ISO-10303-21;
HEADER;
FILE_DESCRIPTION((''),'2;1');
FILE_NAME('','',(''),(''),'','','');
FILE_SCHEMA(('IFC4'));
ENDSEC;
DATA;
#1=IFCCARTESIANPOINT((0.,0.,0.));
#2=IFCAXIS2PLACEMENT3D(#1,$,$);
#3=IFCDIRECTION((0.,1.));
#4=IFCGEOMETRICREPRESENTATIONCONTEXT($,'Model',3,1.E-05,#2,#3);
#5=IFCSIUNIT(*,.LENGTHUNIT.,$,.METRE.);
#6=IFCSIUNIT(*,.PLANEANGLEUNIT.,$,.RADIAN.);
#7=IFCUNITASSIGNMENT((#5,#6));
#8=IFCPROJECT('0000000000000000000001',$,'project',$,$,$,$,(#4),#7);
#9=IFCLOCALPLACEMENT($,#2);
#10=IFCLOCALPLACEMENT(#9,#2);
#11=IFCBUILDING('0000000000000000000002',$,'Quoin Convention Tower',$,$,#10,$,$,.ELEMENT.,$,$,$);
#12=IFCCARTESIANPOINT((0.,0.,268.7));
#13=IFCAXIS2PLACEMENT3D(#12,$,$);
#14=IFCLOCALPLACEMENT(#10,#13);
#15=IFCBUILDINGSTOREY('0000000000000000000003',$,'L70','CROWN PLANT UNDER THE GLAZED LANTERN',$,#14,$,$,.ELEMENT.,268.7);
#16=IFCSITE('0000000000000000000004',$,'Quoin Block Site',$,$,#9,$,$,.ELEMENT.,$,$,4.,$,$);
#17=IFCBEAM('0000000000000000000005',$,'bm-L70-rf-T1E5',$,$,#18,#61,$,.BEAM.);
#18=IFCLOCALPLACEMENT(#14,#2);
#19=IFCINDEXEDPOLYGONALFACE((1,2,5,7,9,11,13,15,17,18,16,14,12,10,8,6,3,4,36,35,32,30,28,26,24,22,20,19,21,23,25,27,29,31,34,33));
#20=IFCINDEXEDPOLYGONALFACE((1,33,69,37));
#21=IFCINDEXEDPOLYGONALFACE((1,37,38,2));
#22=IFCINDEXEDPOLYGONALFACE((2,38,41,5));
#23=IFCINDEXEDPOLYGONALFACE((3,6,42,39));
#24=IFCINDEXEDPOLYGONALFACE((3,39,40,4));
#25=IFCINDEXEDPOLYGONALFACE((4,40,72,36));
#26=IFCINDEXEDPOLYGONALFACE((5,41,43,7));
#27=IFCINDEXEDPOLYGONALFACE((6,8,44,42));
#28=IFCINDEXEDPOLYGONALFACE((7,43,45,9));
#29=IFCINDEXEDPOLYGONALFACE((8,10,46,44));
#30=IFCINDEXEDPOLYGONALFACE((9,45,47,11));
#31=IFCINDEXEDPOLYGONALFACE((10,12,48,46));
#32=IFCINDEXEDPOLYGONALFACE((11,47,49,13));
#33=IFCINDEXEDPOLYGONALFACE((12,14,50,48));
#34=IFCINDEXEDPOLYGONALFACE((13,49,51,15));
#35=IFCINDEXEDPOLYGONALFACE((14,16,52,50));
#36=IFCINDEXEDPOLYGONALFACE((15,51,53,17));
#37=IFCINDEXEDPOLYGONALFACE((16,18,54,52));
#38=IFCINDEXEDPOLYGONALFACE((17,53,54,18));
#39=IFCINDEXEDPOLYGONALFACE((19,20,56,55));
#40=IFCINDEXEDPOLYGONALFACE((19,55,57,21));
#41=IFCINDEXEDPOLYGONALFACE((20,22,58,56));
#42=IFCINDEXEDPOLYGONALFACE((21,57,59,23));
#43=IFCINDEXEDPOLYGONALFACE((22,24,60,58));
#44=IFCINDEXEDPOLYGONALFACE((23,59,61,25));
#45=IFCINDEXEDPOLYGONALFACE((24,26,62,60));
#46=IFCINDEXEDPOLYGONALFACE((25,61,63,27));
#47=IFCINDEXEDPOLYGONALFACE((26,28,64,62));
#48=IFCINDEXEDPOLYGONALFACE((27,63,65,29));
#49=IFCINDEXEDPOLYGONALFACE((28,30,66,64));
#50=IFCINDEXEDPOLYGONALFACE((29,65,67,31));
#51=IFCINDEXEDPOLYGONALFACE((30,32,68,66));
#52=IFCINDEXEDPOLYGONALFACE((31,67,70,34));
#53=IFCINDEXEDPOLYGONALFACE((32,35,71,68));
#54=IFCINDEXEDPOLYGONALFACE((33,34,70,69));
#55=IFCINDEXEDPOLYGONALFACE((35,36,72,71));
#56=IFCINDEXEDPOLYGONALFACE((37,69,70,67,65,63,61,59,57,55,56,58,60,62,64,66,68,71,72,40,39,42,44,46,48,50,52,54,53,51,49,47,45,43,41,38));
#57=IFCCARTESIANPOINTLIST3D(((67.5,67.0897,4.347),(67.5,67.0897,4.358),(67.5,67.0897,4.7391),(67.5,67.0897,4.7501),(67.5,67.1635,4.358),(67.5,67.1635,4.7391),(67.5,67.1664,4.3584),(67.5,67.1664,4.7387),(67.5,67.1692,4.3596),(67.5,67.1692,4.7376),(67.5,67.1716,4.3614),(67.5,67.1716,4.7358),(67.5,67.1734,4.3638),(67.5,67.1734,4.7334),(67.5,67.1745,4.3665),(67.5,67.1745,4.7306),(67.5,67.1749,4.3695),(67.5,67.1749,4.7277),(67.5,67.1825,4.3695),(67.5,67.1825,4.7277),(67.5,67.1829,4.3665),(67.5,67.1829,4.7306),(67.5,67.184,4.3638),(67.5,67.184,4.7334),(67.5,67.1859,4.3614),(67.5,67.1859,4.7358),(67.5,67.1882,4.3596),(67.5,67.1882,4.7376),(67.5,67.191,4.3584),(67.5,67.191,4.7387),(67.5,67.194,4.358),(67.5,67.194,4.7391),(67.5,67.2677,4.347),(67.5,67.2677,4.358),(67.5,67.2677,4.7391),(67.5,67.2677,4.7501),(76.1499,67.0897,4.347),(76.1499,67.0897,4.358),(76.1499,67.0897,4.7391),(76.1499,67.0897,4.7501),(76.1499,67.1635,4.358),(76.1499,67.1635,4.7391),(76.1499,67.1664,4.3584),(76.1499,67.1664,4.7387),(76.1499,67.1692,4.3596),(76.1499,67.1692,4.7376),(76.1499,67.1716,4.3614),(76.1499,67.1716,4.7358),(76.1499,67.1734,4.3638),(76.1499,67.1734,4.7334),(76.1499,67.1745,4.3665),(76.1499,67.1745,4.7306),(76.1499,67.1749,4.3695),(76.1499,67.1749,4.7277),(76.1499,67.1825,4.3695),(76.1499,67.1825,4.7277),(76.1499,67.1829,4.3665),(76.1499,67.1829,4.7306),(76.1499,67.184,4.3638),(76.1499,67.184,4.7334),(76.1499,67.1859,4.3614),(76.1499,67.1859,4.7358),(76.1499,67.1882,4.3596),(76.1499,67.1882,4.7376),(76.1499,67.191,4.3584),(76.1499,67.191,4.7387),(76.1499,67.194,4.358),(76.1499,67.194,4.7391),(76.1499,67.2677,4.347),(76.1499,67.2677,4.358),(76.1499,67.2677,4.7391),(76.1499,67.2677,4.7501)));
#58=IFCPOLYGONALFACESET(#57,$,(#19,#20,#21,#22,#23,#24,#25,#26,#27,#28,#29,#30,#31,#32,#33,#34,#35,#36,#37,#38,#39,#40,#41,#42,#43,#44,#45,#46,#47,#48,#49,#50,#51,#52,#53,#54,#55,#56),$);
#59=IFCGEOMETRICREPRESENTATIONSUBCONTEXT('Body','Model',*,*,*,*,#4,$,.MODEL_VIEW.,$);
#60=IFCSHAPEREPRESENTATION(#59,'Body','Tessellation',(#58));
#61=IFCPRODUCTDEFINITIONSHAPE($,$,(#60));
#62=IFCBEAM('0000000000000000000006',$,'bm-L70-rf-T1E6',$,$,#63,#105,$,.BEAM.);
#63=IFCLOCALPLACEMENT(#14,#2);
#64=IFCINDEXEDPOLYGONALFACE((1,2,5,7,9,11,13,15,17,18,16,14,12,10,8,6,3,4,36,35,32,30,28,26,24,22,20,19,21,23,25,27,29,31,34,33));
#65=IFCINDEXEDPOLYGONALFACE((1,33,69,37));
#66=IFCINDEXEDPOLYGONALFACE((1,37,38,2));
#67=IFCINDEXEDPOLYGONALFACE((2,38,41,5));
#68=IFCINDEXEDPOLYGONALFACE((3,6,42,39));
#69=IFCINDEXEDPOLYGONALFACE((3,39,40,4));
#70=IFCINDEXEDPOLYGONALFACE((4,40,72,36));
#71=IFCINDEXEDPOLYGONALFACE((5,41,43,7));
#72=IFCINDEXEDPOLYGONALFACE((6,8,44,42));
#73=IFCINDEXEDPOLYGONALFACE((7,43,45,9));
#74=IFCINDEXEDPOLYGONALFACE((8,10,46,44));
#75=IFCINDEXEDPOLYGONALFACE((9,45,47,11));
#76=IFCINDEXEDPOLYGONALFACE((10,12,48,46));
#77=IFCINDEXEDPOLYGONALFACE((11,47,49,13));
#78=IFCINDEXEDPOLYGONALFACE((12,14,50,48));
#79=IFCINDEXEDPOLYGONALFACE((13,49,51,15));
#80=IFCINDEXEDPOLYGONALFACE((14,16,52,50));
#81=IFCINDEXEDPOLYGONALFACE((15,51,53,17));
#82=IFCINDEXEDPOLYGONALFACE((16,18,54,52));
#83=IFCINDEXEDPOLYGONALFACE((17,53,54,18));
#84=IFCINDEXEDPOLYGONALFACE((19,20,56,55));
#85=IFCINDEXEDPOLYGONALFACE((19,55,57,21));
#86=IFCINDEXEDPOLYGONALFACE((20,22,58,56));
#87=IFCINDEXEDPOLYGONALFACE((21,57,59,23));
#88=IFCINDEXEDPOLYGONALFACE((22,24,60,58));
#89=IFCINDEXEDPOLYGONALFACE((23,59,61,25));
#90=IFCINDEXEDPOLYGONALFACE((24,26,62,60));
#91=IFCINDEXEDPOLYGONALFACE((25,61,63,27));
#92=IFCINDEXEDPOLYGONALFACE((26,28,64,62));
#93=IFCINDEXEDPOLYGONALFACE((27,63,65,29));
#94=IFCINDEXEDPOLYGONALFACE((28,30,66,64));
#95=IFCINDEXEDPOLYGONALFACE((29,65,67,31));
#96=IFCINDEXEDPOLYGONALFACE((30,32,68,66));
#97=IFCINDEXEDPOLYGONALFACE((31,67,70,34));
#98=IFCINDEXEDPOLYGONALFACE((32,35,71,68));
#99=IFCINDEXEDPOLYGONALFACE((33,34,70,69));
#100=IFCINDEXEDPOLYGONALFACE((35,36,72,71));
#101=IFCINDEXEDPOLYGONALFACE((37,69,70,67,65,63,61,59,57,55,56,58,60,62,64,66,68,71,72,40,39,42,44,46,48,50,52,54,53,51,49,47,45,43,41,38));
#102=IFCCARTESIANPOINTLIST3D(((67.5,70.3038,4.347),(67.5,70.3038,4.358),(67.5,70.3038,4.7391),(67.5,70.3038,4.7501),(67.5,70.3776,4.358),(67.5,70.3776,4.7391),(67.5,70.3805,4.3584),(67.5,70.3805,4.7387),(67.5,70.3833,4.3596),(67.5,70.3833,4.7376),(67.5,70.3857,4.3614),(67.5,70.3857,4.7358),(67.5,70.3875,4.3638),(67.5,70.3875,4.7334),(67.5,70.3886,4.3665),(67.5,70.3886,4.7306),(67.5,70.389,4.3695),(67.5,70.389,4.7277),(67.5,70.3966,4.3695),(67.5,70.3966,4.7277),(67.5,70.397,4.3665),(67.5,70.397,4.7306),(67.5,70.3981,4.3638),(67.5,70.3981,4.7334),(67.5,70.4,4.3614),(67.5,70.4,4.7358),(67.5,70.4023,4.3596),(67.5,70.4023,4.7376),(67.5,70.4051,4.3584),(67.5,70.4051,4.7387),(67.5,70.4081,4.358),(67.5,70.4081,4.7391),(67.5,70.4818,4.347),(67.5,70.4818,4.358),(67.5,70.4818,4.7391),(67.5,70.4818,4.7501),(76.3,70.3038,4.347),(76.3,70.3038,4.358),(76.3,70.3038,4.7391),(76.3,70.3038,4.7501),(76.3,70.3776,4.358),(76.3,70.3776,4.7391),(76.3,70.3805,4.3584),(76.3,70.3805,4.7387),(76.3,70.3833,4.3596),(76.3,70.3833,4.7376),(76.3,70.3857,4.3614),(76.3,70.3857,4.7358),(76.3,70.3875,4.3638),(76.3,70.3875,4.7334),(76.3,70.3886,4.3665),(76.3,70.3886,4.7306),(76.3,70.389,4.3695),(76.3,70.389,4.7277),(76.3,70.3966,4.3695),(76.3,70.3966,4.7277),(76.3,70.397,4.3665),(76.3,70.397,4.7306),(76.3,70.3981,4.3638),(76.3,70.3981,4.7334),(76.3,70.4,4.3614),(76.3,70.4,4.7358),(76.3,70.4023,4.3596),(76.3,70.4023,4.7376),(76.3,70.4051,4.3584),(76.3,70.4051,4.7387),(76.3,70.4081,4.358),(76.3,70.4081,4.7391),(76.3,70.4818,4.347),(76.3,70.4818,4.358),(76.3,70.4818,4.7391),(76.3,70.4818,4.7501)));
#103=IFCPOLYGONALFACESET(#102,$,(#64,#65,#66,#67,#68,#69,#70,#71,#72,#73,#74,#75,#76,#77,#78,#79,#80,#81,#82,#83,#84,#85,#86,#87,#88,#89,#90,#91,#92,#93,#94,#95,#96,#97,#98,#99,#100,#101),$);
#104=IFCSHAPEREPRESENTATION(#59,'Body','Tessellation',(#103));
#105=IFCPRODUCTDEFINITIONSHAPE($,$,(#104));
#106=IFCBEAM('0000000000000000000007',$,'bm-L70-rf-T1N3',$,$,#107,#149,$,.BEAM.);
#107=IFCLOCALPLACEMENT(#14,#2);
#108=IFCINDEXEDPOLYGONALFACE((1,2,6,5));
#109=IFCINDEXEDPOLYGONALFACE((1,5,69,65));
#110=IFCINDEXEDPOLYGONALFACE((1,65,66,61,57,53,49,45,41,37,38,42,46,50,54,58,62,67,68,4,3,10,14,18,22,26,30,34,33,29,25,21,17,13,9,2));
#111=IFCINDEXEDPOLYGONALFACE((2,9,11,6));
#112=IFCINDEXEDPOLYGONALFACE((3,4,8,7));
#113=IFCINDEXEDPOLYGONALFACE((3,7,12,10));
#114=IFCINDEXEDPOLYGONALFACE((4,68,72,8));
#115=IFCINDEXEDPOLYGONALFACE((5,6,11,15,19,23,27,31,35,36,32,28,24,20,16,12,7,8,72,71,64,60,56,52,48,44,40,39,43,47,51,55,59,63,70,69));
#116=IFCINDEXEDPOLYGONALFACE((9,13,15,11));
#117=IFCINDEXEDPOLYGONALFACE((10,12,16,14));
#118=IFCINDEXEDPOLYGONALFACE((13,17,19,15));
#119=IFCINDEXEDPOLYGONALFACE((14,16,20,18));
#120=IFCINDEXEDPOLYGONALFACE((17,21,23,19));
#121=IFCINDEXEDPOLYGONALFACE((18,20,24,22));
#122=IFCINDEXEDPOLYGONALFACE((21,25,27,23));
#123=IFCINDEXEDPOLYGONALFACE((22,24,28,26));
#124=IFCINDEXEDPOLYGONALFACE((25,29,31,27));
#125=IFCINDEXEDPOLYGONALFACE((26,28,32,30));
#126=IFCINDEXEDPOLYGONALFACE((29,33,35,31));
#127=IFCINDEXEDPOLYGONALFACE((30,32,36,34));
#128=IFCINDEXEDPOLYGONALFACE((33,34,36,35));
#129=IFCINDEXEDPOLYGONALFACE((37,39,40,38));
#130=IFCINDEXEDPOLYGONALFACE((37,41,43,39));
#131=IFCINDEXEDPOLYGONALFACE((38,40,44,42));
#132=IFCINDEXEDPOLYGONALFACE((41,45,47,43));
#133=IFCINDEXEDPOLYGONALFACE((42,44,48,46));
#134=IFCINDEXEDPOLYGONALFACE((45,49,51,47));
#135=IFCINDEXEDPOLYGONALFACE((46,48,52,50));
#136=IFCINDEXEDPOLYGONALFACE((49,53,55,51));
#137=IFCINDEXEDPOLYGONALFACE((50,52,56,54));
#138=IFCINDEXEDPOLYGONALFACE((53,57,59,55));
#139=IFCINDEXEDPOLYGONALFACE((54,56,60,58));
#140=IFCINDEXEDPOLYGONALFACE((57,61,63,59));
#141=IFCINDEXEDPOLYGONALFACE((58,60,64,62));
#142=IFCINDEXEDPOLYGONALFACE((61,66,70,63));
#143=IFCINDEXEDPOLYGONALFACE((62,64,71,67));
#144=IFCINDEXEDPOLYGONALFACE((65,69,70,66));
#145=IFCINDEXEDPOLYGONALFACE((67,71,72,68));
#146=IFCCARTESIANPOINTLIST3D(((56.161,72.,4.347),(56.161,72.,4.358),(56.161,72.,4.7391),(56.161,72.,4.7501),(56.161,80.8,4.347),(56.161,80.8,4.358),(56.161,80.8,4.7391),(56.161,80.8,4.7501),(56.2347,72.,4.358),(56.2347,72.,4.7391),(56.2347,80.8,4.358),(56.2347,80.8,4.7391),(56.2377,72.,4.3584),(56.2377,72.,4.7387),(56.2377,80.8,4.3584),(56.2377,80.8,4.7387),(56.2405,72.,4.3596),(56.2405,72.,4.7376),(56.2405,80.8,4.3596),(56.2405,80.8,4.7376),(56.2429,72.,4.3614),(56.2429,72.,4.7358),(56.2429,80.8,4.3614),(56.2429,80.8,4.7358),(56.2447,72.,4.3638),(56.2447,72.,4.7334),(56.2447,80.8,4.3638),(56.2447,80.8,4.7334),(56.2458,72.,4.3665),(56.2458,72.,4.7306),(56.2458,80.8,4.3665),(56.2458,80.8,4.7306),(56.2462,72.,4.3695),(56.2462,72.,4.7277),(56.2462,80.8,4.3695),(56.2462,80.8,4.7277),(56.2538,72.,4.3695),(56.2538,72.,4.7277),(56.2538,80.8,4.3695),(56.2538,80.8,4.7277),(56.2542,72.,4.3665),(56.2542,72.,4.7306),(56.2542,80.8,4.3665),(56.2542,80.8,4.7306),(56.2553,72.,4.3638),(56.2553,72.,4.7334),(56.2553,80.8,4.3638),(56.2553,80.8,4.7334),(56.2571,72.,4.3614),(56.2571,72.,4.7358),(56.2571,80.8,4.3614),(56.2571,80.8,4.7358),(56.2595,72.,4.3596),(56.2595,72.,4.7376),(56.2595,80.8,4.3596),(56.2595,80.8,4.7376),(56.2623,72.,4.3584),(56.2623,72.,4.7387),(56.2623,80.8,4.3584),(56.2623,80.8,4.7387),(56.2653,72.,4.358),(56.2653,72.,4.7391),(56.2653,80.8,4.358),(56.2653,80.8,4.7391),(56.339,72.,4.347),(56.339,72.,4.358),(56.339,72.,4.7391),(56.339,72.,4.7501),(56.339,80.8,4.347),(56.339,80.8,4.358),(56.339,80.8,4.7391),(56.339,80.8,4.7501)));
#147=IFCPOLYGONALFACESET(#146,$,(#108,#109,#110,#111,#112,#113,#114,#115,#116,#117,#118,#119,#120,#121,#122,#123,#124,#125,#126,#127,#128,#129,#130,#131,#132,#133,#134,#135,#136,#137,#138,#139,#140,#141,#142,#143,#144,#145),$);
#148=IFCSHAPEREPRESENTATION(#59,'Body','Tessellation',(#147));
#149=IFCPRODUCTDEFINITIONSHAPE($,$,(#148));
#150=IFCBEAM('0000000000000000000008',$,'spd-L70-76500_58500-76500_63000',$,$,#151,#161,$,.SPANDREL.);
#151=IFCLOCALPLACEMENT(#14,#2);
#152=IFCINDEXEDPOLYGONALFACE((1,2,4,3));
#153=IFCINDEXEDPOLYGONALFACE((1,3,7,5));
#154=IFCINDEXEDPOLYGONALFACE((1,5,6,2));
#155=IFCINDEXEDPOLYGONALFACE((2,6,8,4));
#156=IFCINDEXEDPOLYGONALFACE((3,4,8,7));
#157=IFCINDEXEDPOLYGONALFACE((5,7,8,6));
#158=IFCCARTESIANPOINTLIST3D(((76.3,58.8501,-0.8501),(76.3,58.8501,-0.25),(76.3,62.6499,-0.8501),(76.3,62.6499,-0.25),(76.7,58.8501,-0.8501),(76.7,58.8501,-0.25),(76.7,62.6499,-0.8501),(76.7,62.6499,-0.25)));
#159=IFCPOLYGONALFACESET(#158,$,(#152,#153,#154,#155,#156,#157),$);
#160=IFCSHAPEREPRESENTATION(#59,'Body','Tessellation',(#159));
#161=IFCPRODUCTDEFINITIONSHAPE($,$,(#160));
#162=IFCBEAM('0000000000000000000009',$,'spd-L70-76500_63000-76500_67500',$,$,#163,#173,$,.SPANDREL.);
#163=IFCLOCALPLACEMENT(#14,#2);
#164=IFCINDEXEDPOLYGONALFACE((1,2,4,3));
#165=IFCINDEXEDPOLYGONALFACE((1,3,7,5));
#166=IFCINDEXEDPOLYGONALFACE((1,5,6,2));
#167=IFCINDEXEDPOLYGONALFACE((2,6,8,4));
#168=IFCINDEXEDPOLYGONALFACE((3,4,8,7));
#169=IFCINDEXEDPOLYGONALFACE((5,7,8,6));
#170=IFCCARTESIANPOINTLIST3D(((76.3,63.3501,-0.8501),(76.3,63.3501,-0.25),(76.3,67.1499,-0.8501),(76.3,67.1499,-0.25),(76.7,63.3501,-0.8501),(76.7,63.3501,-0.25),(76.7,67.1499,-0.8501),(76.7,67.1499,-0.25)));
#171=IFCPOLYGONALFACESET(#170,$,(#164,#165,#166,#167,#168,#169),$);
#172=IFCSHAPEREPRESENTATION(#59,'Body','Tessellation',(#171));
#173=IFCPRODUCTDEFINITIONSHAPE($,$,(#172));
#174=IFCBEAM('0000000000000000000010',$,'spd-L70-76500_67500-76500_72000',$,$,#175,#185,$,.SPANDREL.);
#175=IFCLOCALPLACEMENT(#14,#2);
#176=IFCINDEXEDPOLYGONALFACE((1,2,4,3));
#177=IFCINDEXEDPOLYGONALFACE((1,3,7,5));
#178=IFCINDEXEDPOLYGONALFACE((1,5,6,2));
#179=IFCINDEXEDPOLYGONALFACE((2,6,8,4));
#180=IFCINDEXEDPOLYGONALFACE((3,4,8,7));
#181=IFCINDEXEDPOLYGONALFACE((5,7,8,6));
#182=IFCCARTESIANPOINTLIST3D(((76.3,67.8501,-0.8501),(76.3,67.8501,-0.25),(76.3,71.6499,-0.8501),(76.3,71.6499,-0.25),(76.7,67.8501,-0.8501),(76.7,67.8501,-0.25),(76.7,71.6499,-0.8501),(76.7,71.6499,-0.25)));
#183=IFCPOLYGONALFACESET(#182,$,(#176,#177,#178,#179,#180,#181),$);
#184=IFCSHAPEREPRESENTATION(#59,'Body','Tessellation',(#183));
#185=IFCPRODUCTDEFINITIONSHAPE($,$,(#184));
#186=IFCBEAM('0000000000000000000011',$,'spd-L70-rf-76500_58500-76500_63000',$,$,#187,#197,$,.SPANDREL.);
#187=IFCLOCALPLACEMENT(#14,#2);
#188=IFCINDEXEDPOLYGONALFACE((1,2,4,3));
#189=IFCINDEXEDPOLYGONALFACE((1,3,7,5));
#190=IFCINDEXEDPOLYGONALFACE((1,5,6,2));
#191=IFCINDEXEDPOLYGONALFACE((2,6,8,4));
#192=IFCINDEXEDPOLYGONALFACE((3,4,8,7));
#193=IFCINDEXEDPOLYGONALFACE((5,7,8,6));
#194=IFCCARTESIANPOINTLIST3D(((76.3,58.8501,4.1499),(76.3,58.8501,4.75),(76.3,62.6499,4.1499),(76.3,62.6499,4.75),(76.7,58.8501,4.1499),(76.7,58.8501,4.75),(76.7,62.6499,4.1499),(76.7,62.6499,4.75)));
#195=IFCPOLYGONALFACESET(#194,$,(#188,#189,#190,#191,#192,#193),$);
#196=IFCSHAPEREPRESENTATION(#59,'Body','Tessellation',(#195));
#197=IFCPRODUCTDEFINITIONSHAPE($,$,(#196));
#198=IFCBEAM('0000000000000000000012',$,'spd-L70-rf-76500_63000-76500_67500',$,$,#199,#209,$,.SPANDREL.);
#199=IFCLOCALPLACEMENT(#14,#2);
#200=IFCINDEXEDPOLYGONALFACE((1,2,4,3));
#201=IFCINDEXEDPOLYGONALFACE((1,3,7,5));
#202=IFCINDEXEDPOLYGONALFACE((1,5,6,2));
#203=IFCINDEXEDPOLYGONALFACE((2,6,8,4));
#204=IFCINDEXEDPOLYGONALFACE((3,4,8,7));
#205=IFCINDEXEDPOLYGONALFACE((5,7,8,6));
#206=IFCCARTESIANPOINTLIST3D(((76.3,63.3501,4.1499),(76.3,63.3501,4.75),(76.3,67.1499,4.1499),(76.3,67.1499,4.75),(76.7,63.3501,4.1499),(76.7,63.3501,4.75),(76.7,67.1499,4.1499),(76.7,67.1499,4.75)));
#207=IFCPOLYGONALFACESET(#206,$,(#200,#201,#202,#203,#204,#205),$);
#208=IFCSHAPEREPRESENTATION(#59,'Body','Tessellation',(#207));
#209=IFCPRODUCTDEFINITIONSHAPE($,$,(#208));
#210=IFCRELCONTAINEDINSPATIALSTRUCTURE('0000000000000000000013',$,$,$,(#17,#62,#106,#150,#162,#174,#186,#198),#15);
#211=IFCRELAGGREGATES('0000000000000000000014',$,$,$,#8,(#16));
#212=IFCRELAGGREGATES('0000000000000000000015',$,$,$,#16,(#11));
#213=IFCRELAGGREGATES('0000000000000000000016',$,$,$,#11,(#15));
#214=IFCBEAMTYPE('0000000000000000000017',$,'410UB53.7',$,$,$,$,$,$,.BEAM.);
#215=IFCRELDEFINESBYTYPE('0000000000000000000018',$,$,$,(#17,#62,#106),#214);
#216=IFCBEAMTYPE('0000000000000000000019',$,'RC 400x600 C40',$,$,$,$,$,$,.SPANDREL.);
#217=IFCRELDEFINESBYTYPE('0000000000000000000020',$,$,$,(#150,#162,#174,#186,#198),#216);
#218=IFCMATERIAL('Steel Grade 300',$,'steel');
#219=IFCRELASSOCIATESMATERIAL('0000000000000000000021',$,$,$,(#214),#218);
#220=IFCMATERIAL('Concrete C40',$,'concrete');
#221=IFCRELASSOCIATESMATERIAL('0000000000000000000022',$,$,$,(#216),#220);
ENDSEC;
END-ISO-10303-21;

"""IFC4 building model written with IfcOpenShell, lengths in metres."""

from ifc_helpers import new_model, si_unit, direction, frame, origin, origin_2d, place, context, subcontext, project, spatial, rectangle, i_section, extrude, material, material_profile, profile_set, type_object, element, save


model = new_model("IFC4")

# Units and contexts
model_context = context("Model", 3, precision=1e-05, world=origin(), true_north=direction((0.0, 1.0)))
body_context = subcontext(model_context, "Body", "Model", "MODEL_VIEW")
ifc_project = project(units=[si_unit("LENGTHUNIT", "METRE"), si_unit("PLANEANGLEUNIT", "RADIAN")], contexts=[model_context])

# Site, building, storey
site_placement = place(None, origin())
site = spatial("IfcSite", under=ifc_project, at=site_placement, Name="Quoin Block Site", CompositionType="ELEMENT", RefElevation=4.0)
building_placement = place(site_placement, origin())
building = spatial("IfcBuilding", under=site, at=building_placement, Name="Quoin Convention Tower", CompositionType="ELEMENT")
storey_placement = place(building_placement, frame((0.0, 0.0, 268.7)))
storey = spatial("IfcBuildingStorey", under=building, at=storey_placement, Name="L70", Description="CROWN PLANT UNDER THE GLAZED LANTERN", CompositionType="ELEMENT", Elevation=268.7)

# Shared definitions
ifc_material_1 = material(Name="Concrete C40", Category="concrete")

# Beams
ifc_material_2 = material(Name="Steel Grade 300", Category="steel")
ifc_material_profile_1 = material_profile(ifc_material_2, i_section(OverallWidth=0.178, OverallDepth=0.4031, WebThickness=0.0076, FlangeThickness=0.011, FilletRadius=0.0115, at=origin_2d()), Name="410UB53.7")
ifc_profile_set_1 = profile_set([ifc_material_profile_1], Name="Steel Grade 300")
beam_type_1 = type_object("IfcBeamType", Name="410UB53.7", PredefinedType="BEAM", material=ifc_profile_set_1)
beam_1_placement = place(storey_placement, frame((67.5, 67.1787, 4.5486), z_axis=(1.0, 0.0, 0.0), x_axis=(0.0, 1.0, 0.0)))
element("IfcBeam", 1, at=beam_1_placement, inside=storey, type_object=beam_type_1, Name="bm-L70-rf-T1E5", PredefinedType="BEAM", context=body_context, shape_type="SweptSolid", body=[
    extrude(i_section(OverallWidth=0.178, OverallDepth=0.4031, WebThickness=0.0076, FlangeThickness=0.011, FilletRadius=0.0115, at=origin_2d()), origin(), (0.0, 0.0, 1.0), 8.6499),
])
for number, where, z_axis, x_axis, name in (
    (2, (67.5, 70.3928, 4.5486), (1.0, 0.0, 0.0), (0.0, 1.0, 0.0), "bm-L70-rf-T1E6"),
    (3, (56.25, 72.0, 4.5486), (0.0, 1.0, 0.0), (-1.0, 0.0, 0.0), "bm-L70-rf-T1N3"),
):
    element("IfcBeam", number, at=place(storey_placement, frame(where, z_axis=z_axis, x_axis=x_axis)), inside=storey, type_object=beam_type_1, Name=name, PredefinedType="BEAM", context=body_context, shape_type="SweptSolid", body=[
        extrude(i_section(OverallWidth=0.178, OverallDepth=0.4031, WebThickness=0.0076, FlangeThickness=0.011, FilletRadius=0.0115, at=origin_2d()), origin(), (0.0, 0.0, 1.0), 8.8),
    ])
ifc_material_profile_2 = material_profile(ifc_material_1, rectangle(XDim=0.3999, YDim=0.6001, at=origin_2d()), Name="RC 400x600")
ifc_profile_set_2 = profile_set([ifc_material_profile_2], Name="Concrete C40")
beam_type_2 = type_object("IfcBeamType", Name="RC 400x600 C40", PredefinedType="SPANDREL", material=ifc_profile_set_2)
for number, where, z_axis, x_axis, name in (
    (4, (76.5, 58.8501, -0.55), (0.0, 1.0, 0.0), (-1.0, 0.0, 0.0), "spd-L70-76500_58500-76500_63000"),
    (5, (76.5, 63.3501, -0.55), (0.0, 1.0, 0.0), (-1.0, 0.0, 0.0), "spd-L70-76500_63000-76500_67500"),
    (6, (76.5, 67.8501, -0.55), (0.0, 1.0, 0.0), (-1.0, 0.0, 0.0), "spd-L70-76500_67500-76500_72000"),
    (7, (76.5, 58.8501, 4.45), (0.0, 1.0, 0.0), (-1.0, 0.0, 0.0), "spd-L70-rf-76500_58500-76500_63000"),
    (8, (76.5, 63.3501, 4.45), (0.0, 1.0, 0.0), (-1.0, 0.0, 0.0), "spd-L70-rf-76500_63000-76500_67500"),
):
    element("IfcBeam", number, at=place(storey_placement, frame(where, z_axis=z_axis, x_axis=x_axis)), inside=storey, type_object=beam_type_2, Name=name, PredefinedType="SPANDREL", context=body_context, shape_type="SweptSolid", body=[
        extrude(rectangle(XDim=0.3999, YDim=0.6001, at=origin_2d()), origin(), (0.0, 0.0, 1.0), 3.7998),
    ])

save(model, "model.ifc")
